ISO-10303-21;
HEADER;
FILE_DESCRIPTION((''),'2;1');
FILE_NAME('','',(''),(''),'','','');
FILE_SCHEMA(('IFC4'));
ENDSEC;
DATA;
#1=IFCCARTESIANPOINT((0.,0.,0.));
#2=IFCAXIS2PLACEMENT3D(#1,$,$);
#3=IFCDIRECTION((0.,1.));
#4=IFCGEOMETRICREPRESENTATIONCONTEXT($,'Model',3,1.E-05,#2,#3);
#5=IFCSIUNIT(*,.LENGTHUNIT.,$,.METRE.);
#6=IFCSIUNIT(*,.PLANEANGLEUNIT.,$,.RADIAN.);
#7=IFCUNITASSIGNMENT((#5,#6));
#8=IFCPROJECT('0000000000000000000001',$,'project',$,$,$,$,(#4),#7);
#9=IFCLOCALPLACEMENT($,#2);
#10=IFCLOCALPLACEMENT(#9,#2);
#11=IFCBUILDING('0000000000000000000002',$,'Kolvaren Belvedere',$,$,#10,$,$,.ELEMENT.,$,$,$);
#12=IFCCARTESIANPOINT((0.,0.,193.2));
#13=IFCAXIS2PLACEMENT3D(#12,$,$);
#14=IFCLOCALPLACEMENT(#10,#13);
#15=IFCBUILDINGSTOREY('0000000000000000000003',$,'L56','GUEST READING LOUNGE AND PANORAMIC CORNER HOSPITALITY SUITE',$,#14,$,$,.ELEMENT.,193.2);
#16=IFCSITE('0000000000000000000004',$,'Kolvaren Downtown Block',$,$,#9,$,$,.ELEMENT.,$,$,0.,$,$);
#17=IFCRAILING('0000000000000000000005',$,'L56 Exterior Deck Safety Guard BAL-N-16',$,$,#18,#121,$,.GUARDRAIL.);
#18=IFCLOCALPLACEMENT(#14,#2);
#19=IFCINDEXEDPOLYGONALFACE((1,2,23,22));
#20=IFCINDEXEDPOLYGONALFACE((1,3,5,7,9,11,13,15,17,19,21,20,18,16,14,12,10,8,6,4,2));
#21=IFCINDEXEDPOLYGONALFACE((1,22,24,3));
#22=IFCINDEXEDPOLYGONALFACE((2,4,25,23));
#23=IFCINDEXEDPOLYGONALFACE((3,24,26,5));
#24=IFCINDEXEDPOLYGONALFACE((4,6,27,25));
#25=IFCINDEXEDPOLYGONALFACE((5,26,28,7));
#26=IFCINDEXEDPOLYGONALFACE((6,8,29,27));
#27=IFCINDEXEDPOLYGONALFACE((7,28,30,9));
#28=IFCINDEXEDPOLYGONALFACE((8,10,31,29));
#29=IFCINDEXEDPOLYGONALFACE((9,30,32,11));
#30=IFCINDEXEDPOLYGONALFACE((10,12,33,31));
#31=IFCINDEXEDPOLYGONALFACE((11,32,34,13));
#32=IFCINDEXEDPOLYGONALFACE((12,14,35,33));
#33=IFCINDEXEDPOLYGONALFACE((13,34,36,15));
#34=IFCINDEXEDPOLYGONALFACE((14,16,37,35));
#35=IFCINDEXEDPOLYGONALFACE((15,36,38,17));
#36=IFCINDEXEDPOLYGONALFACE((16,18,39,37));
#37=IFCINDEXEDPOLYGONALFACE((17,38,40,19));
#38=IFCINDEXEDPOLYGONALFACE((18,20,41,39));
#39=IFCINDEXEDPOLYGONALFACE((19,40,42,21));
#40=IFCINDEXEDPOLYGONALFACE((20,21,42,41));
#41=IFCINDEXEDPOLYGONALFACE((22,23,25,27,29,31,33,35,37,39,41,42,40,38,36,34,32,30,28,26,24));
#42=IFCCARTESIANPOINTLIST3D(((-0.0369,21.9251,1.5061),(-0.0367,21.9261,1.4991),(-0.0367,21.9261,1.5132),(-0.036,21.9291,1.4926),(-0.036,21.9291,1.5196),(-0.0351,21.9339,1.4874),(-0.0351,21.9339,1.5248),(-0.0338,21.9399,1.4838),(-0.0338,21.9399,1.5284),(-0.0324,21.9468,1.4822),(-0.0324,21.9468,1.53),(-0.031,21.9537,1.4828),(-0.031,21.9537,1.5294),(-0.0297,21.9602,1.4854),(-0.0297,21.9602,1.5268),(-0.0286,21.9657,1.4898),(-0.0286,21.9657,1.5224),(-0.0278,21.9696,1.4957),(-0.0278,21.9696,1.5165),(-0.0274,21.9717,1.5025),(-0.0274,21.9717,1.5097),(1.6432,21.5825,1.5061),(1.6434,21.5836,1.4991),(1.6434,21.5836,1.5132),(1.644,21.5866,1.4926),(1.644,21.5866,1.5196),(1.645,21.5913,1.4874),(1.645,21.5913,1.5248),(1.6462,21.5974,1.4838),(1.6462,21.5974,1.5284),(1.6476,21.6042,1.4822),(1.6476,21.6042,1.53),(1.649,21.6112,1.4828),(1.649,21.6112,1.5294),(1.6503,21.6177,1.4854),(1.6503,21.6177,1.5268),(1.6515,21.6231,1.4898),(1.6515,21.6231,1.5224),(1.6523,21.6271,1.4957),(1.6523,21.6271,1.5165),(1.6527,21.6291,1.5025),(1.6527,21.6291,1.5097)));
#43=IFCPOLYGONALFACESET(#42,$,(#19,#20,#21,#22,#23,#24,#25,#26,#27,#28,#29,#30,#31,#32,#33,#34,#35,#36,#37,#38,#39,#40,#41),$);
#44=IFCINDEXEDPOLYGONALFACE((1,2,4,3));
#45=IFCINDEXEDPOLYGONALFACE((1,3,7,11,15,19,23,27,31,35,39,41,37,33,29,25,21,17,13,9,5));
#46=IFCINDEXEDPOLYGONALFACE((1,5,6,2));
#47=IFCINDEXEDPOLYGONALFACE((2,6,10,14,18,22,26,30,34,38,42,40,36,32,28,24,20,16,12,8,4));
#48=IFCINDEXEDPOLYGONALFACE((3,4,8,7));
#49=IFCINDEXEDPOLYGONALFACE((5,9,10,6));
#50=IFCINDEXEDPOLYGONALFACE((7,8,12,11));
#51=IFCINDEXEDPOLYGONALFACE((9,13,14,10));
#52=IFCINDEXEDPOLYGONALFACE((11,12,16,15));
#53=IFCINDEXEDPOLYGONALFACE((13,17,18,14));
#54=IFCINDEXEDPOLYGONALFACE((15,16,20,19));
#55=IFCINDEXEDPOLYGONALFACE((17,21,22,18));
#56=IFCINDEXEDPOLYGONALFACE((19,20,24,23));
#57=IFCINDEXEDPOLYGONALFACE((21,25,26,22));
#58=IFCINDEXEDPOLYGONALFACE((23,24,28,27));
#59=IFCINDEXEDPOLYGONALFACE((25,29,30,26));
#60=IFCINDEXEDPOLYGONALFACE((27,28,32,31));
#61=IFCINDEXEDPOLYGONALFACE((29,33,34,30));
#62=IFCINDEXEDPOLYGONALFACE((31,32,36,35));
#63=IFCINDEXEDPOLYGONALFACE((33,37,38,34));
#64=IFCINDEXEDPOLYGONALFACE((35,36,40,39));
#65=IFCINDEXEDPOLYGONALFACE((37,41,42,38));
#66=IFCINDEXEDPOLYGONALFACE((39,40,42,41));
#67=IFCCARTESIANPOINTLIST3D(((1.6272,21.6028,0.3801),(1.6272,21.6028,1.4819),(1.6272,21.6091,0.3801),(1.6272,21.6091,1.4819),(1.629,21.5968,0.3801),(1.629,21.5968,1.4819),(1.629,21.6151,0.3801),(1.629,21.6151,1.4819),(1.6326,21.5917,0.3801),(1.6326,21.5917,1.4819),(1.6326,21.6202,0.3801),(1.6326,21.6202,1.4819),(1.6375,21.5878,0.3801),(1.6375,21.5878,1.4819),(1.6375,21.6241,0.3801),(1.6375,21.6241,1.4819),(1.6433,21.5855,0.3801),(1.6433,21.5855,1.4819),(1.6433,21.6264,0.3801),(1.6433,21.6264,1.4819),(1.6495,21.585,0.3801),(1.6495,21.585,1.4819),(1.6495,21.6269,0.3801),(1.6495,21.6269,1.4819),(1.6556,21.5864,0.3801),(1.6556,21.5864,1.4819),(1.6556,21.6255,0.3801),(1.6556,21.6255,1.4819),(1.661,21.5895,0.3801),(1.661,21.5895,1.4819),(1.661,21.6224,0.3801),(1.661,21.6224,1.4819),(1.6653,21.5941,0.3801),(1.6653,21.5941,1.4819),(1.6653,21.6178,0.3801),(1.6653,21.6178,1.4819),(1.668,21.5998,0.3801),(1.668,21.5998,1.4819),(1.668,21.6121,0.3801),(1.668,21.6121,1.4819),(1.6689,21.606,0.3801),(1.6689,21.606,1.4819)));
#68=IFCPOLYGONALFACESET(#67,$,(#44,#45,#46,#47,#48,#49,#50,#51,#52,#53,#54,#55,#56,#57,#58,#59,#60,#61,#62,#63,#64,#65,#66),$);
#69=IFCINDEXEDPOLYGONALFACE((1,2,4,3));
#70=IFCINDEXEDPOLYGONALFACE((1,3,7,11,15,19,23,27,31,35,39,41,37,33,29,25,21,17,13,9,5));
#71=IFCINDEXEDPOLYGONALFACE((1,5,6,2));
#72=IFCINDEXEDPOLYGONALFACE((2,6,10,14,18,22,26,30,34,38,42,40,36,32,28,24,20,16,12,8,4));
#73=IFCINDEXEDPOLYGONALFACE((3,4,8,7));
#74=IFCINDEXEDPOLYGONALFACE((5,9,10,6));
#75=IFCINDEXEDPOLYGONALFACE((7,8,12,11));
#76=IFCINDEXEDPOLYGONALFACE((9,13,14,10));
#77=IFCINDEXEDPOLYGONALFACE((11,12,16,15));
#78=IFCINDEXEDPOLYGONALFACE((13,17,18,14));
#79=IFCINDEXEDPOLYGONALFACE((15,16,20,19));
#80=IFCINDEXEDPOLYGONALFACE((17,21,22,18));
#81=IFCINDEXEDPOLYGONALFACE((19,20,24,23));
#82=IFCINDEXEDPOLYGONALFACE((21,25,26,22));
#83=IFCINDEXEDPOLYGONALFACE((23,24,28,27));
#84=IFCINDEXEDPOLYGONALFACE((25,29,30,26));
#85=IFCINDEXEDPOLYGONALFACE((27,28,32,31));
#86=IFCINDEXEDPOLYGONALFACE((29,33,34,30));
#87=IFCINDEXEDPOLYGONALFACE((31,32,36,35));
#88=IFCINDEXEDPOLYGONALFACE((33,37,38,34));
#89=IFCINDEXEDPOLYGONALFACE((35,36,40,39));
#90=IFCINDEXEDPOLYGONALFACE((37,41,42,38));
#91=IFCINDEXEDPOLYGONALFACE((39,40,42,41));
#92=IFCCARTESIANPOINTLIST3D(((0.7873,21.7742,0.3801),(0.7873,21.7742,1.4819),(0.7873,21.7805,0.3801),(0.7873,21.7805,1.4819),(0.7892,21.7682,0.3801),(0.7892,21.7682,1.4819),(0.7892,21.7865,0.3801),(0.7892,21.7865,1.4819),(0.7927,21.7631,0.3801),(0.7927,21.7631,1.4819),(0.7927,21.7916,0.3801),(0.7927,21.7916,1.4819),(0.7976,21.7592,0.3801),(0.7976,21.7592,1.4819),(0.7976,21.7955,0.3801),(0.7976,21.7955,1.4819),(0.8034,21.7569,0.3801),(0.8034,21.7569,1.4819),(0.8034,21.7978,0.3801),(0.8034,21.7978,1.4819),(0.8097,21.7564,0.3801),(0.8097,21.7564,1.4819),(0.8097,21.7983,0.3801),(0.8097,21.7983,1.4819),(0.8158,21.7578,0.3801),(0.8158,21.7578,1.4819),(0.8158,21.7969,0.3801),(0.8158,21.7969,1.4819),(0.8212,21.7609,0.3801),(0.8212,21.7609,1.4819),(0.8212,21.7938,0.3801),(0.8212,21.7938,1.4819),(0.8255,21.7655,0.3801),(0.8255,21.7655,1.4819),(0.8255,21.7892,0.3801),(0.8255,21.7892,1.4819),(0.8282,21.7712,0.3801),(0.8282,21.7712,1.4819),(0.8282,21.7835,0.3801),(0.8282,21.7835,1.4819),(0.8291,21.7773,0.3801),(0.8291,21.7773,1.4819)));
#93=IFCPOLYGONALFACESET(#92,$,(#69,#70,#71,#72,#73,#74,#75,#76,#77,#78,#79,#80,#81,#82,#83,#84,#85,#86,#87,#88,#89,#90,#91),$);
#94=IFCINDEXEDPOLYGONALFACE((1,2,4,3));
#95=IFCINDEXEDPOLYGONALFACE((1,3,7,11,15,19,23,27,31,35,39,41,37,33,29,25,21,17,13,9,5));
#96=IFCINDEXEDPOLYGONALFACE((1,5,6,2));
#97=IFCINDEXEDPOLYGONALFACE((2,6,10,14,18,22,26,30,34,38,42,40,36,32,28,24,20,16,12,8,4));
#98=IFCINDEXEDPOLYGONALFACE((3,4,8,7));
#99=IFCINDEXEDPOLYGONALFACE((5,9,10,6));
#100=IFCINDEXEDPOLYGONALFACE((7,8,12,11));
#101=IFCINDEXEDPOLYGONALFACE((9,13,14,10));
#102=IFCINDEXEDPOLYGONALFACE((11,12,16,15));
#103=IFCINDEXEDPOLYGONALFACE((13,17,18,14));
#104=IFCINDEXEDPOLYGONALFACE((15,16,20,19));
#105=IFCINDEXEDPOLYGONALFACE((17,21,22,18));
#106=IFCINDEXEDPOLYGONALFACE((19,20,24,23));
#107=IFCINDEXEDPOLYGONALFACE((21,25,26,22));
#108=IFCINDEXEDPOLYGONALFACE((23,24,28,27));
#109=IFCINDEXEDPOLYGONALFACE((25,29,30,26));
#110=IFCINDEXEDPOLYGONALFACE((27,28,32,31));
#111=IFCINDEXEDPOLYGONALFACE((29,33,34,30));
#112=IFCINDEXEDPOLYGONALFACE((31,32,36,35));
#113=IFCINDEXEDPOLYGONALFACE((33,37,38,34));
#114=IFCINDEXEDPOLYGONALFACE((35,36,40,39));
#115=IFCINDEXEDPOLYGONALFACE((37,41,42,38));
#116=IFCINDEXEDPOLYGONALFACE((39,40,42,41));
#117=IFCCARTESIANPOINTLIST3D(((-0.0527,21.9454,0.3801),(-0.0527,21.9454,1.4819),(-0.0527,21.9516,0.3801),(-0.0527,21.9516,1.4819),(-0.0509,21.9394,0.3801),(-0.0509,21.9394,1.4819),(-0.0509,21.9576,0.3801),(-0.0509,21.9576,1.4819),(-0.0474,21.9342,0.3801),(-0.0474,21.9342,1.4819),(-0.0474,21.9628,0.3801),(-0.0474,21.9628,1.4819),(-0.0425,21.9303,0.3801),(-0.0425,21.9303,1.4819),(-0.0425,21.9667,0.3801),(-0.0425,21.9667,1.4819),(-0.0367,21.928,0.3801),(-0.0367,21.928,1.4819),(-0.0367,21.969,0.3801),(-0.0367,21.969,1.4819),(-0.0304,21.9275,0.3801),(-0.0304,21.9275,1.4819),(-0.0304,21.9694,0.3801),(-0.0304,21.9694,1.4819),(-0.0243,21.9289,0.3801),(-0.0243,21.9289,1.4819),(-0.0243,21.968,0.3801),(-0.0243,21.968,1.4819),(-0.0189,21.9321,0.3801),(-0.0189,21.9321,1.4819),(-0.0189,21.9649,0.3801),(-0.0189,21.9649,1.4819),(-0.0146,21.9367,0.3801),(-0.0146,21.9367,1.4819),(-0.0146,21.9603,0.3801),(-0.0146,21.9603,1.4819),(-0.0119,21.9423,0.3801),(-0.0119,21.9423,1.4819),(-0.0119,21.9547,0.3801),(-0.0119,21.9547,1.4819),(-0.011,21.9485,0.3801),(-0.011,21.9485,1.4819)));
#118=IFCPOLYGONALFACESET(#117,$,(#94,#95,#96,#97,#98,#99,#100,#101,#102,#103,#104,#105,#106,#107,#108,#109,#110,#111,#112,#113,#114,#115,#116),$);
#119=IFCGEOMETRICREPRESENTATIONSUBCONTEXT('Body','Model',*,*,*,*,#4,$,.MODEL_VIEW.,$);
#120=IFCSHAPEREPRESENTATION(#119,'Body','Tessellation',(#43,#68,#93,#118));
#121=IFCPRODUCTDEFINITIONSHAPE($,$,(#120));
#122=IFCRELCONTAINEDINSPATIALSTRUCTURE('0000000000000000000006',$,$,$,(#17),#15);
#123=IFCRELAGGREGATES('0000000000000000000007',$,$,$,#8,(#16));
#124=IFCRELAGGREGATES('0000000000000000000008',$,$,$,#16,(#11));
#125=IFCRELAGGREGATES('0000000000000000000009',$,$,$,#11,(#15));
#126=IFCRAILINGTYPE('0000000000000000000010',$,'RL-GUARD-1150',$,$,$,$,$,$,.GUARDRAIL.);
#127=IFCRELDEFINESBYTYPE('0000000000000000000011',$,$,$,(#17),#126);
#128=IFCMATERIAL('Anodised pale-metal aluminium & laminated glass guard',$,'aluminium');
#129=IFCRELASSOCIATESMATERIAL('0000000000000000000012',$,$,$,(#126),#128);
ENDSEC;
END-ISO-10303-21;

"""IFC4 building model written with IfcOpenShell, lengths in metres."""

from ifc_helpers import new_model, si_unit, direction, frame, origin, origin_2d, place, context, subcontext, project, spatial, circle, extrude, material, type_object, element, save


model = new_model("IFC4")

# Units and contexts
model_context = context("Model", 3, precision=1e-05, world=origin(), true_north=direction((0.0, 1.0)))
body_context = subcontext(model_context, "Body", "Model", "MODEL_VIEW")
ifc_project = project(units=[si_unit("LENGTHUNIT", "METRE"), si_unit("PLANEANGLEUNIT", "RADIAN")], contexts=[model_context])

# Site, building, storey
site_placement = place(None, origin())
site = spatial("IfcSite", under=ifc_project, at=site_placement, Name="Kolvaren Downtown Block", CompositionType="ELEMENT", RefElevation=0.0)
building_placement = place(site_placement, origin())
building = spatial("IfcBuilding", under=site, at=building_placement, Name="Kolvaren Belvedere", CompositionType="ELEMENT")
storey_placement = place(building_placement, frame((0.0, 0.0, 193.2)))
storey = spatial("IfcBuildingStorey", under=building, at=storey_placement, Name="L56", Description="GUEST READING LOUNGE AND PANORAMIC CORNER HOSPITALITY SUITE", CompositionType="ELEMENT", Elevation=193.2)

# Railing
ifc_material_1 = material(Name="Anodised pale-metal aluminium & laminated glass guard", Category="aluminium")
railing_type = type_object("IfcRailingType", Name="RL-GUARD-1150", PredefinedType="GUARDRAIL", material=ifc_material_1)
railing_1_placement = place(storey_placement, frame((1.6479, 21.606, 0.3801)))
element("IfcRailing", 1, at=railing_1_placement, inside=storey, type_object=railing_type, Name="L56 Exterior Deck Safety Guard BAL-N-16", PredefinedType="GUARDRAIL", context=body_context, shape_type="SweptSolid", body=[
    extrude(circle(Radius=0.0239, at=origin_2d()), frame((0.0, 0.0, 1.126), z_axis=(-0.97984, 0.199784, 0.0), x_axis=(-0.199784, -0.97984, 0.0)), (0.0, 0.0, 1.0), 1.7146),
    extrude(circle(Radius=0.021, at=origin_2d()), origin(), (0.0, 0.0, 1.0), 1.1018),
    extrude(circle(Radius=0.021, at=origin_2d()), frame((-0.8398, 0.1714, 0.0)), (0.0, 0.0, 1.0), 1.1018),
    extrude(circle(Radius=0.021, at=origin_2d()), frame((-1.6799, 0.3425, 0.0)), (0.0, 0.0, 1.0), 1.1018),
])

save(model, "model.ifc")
